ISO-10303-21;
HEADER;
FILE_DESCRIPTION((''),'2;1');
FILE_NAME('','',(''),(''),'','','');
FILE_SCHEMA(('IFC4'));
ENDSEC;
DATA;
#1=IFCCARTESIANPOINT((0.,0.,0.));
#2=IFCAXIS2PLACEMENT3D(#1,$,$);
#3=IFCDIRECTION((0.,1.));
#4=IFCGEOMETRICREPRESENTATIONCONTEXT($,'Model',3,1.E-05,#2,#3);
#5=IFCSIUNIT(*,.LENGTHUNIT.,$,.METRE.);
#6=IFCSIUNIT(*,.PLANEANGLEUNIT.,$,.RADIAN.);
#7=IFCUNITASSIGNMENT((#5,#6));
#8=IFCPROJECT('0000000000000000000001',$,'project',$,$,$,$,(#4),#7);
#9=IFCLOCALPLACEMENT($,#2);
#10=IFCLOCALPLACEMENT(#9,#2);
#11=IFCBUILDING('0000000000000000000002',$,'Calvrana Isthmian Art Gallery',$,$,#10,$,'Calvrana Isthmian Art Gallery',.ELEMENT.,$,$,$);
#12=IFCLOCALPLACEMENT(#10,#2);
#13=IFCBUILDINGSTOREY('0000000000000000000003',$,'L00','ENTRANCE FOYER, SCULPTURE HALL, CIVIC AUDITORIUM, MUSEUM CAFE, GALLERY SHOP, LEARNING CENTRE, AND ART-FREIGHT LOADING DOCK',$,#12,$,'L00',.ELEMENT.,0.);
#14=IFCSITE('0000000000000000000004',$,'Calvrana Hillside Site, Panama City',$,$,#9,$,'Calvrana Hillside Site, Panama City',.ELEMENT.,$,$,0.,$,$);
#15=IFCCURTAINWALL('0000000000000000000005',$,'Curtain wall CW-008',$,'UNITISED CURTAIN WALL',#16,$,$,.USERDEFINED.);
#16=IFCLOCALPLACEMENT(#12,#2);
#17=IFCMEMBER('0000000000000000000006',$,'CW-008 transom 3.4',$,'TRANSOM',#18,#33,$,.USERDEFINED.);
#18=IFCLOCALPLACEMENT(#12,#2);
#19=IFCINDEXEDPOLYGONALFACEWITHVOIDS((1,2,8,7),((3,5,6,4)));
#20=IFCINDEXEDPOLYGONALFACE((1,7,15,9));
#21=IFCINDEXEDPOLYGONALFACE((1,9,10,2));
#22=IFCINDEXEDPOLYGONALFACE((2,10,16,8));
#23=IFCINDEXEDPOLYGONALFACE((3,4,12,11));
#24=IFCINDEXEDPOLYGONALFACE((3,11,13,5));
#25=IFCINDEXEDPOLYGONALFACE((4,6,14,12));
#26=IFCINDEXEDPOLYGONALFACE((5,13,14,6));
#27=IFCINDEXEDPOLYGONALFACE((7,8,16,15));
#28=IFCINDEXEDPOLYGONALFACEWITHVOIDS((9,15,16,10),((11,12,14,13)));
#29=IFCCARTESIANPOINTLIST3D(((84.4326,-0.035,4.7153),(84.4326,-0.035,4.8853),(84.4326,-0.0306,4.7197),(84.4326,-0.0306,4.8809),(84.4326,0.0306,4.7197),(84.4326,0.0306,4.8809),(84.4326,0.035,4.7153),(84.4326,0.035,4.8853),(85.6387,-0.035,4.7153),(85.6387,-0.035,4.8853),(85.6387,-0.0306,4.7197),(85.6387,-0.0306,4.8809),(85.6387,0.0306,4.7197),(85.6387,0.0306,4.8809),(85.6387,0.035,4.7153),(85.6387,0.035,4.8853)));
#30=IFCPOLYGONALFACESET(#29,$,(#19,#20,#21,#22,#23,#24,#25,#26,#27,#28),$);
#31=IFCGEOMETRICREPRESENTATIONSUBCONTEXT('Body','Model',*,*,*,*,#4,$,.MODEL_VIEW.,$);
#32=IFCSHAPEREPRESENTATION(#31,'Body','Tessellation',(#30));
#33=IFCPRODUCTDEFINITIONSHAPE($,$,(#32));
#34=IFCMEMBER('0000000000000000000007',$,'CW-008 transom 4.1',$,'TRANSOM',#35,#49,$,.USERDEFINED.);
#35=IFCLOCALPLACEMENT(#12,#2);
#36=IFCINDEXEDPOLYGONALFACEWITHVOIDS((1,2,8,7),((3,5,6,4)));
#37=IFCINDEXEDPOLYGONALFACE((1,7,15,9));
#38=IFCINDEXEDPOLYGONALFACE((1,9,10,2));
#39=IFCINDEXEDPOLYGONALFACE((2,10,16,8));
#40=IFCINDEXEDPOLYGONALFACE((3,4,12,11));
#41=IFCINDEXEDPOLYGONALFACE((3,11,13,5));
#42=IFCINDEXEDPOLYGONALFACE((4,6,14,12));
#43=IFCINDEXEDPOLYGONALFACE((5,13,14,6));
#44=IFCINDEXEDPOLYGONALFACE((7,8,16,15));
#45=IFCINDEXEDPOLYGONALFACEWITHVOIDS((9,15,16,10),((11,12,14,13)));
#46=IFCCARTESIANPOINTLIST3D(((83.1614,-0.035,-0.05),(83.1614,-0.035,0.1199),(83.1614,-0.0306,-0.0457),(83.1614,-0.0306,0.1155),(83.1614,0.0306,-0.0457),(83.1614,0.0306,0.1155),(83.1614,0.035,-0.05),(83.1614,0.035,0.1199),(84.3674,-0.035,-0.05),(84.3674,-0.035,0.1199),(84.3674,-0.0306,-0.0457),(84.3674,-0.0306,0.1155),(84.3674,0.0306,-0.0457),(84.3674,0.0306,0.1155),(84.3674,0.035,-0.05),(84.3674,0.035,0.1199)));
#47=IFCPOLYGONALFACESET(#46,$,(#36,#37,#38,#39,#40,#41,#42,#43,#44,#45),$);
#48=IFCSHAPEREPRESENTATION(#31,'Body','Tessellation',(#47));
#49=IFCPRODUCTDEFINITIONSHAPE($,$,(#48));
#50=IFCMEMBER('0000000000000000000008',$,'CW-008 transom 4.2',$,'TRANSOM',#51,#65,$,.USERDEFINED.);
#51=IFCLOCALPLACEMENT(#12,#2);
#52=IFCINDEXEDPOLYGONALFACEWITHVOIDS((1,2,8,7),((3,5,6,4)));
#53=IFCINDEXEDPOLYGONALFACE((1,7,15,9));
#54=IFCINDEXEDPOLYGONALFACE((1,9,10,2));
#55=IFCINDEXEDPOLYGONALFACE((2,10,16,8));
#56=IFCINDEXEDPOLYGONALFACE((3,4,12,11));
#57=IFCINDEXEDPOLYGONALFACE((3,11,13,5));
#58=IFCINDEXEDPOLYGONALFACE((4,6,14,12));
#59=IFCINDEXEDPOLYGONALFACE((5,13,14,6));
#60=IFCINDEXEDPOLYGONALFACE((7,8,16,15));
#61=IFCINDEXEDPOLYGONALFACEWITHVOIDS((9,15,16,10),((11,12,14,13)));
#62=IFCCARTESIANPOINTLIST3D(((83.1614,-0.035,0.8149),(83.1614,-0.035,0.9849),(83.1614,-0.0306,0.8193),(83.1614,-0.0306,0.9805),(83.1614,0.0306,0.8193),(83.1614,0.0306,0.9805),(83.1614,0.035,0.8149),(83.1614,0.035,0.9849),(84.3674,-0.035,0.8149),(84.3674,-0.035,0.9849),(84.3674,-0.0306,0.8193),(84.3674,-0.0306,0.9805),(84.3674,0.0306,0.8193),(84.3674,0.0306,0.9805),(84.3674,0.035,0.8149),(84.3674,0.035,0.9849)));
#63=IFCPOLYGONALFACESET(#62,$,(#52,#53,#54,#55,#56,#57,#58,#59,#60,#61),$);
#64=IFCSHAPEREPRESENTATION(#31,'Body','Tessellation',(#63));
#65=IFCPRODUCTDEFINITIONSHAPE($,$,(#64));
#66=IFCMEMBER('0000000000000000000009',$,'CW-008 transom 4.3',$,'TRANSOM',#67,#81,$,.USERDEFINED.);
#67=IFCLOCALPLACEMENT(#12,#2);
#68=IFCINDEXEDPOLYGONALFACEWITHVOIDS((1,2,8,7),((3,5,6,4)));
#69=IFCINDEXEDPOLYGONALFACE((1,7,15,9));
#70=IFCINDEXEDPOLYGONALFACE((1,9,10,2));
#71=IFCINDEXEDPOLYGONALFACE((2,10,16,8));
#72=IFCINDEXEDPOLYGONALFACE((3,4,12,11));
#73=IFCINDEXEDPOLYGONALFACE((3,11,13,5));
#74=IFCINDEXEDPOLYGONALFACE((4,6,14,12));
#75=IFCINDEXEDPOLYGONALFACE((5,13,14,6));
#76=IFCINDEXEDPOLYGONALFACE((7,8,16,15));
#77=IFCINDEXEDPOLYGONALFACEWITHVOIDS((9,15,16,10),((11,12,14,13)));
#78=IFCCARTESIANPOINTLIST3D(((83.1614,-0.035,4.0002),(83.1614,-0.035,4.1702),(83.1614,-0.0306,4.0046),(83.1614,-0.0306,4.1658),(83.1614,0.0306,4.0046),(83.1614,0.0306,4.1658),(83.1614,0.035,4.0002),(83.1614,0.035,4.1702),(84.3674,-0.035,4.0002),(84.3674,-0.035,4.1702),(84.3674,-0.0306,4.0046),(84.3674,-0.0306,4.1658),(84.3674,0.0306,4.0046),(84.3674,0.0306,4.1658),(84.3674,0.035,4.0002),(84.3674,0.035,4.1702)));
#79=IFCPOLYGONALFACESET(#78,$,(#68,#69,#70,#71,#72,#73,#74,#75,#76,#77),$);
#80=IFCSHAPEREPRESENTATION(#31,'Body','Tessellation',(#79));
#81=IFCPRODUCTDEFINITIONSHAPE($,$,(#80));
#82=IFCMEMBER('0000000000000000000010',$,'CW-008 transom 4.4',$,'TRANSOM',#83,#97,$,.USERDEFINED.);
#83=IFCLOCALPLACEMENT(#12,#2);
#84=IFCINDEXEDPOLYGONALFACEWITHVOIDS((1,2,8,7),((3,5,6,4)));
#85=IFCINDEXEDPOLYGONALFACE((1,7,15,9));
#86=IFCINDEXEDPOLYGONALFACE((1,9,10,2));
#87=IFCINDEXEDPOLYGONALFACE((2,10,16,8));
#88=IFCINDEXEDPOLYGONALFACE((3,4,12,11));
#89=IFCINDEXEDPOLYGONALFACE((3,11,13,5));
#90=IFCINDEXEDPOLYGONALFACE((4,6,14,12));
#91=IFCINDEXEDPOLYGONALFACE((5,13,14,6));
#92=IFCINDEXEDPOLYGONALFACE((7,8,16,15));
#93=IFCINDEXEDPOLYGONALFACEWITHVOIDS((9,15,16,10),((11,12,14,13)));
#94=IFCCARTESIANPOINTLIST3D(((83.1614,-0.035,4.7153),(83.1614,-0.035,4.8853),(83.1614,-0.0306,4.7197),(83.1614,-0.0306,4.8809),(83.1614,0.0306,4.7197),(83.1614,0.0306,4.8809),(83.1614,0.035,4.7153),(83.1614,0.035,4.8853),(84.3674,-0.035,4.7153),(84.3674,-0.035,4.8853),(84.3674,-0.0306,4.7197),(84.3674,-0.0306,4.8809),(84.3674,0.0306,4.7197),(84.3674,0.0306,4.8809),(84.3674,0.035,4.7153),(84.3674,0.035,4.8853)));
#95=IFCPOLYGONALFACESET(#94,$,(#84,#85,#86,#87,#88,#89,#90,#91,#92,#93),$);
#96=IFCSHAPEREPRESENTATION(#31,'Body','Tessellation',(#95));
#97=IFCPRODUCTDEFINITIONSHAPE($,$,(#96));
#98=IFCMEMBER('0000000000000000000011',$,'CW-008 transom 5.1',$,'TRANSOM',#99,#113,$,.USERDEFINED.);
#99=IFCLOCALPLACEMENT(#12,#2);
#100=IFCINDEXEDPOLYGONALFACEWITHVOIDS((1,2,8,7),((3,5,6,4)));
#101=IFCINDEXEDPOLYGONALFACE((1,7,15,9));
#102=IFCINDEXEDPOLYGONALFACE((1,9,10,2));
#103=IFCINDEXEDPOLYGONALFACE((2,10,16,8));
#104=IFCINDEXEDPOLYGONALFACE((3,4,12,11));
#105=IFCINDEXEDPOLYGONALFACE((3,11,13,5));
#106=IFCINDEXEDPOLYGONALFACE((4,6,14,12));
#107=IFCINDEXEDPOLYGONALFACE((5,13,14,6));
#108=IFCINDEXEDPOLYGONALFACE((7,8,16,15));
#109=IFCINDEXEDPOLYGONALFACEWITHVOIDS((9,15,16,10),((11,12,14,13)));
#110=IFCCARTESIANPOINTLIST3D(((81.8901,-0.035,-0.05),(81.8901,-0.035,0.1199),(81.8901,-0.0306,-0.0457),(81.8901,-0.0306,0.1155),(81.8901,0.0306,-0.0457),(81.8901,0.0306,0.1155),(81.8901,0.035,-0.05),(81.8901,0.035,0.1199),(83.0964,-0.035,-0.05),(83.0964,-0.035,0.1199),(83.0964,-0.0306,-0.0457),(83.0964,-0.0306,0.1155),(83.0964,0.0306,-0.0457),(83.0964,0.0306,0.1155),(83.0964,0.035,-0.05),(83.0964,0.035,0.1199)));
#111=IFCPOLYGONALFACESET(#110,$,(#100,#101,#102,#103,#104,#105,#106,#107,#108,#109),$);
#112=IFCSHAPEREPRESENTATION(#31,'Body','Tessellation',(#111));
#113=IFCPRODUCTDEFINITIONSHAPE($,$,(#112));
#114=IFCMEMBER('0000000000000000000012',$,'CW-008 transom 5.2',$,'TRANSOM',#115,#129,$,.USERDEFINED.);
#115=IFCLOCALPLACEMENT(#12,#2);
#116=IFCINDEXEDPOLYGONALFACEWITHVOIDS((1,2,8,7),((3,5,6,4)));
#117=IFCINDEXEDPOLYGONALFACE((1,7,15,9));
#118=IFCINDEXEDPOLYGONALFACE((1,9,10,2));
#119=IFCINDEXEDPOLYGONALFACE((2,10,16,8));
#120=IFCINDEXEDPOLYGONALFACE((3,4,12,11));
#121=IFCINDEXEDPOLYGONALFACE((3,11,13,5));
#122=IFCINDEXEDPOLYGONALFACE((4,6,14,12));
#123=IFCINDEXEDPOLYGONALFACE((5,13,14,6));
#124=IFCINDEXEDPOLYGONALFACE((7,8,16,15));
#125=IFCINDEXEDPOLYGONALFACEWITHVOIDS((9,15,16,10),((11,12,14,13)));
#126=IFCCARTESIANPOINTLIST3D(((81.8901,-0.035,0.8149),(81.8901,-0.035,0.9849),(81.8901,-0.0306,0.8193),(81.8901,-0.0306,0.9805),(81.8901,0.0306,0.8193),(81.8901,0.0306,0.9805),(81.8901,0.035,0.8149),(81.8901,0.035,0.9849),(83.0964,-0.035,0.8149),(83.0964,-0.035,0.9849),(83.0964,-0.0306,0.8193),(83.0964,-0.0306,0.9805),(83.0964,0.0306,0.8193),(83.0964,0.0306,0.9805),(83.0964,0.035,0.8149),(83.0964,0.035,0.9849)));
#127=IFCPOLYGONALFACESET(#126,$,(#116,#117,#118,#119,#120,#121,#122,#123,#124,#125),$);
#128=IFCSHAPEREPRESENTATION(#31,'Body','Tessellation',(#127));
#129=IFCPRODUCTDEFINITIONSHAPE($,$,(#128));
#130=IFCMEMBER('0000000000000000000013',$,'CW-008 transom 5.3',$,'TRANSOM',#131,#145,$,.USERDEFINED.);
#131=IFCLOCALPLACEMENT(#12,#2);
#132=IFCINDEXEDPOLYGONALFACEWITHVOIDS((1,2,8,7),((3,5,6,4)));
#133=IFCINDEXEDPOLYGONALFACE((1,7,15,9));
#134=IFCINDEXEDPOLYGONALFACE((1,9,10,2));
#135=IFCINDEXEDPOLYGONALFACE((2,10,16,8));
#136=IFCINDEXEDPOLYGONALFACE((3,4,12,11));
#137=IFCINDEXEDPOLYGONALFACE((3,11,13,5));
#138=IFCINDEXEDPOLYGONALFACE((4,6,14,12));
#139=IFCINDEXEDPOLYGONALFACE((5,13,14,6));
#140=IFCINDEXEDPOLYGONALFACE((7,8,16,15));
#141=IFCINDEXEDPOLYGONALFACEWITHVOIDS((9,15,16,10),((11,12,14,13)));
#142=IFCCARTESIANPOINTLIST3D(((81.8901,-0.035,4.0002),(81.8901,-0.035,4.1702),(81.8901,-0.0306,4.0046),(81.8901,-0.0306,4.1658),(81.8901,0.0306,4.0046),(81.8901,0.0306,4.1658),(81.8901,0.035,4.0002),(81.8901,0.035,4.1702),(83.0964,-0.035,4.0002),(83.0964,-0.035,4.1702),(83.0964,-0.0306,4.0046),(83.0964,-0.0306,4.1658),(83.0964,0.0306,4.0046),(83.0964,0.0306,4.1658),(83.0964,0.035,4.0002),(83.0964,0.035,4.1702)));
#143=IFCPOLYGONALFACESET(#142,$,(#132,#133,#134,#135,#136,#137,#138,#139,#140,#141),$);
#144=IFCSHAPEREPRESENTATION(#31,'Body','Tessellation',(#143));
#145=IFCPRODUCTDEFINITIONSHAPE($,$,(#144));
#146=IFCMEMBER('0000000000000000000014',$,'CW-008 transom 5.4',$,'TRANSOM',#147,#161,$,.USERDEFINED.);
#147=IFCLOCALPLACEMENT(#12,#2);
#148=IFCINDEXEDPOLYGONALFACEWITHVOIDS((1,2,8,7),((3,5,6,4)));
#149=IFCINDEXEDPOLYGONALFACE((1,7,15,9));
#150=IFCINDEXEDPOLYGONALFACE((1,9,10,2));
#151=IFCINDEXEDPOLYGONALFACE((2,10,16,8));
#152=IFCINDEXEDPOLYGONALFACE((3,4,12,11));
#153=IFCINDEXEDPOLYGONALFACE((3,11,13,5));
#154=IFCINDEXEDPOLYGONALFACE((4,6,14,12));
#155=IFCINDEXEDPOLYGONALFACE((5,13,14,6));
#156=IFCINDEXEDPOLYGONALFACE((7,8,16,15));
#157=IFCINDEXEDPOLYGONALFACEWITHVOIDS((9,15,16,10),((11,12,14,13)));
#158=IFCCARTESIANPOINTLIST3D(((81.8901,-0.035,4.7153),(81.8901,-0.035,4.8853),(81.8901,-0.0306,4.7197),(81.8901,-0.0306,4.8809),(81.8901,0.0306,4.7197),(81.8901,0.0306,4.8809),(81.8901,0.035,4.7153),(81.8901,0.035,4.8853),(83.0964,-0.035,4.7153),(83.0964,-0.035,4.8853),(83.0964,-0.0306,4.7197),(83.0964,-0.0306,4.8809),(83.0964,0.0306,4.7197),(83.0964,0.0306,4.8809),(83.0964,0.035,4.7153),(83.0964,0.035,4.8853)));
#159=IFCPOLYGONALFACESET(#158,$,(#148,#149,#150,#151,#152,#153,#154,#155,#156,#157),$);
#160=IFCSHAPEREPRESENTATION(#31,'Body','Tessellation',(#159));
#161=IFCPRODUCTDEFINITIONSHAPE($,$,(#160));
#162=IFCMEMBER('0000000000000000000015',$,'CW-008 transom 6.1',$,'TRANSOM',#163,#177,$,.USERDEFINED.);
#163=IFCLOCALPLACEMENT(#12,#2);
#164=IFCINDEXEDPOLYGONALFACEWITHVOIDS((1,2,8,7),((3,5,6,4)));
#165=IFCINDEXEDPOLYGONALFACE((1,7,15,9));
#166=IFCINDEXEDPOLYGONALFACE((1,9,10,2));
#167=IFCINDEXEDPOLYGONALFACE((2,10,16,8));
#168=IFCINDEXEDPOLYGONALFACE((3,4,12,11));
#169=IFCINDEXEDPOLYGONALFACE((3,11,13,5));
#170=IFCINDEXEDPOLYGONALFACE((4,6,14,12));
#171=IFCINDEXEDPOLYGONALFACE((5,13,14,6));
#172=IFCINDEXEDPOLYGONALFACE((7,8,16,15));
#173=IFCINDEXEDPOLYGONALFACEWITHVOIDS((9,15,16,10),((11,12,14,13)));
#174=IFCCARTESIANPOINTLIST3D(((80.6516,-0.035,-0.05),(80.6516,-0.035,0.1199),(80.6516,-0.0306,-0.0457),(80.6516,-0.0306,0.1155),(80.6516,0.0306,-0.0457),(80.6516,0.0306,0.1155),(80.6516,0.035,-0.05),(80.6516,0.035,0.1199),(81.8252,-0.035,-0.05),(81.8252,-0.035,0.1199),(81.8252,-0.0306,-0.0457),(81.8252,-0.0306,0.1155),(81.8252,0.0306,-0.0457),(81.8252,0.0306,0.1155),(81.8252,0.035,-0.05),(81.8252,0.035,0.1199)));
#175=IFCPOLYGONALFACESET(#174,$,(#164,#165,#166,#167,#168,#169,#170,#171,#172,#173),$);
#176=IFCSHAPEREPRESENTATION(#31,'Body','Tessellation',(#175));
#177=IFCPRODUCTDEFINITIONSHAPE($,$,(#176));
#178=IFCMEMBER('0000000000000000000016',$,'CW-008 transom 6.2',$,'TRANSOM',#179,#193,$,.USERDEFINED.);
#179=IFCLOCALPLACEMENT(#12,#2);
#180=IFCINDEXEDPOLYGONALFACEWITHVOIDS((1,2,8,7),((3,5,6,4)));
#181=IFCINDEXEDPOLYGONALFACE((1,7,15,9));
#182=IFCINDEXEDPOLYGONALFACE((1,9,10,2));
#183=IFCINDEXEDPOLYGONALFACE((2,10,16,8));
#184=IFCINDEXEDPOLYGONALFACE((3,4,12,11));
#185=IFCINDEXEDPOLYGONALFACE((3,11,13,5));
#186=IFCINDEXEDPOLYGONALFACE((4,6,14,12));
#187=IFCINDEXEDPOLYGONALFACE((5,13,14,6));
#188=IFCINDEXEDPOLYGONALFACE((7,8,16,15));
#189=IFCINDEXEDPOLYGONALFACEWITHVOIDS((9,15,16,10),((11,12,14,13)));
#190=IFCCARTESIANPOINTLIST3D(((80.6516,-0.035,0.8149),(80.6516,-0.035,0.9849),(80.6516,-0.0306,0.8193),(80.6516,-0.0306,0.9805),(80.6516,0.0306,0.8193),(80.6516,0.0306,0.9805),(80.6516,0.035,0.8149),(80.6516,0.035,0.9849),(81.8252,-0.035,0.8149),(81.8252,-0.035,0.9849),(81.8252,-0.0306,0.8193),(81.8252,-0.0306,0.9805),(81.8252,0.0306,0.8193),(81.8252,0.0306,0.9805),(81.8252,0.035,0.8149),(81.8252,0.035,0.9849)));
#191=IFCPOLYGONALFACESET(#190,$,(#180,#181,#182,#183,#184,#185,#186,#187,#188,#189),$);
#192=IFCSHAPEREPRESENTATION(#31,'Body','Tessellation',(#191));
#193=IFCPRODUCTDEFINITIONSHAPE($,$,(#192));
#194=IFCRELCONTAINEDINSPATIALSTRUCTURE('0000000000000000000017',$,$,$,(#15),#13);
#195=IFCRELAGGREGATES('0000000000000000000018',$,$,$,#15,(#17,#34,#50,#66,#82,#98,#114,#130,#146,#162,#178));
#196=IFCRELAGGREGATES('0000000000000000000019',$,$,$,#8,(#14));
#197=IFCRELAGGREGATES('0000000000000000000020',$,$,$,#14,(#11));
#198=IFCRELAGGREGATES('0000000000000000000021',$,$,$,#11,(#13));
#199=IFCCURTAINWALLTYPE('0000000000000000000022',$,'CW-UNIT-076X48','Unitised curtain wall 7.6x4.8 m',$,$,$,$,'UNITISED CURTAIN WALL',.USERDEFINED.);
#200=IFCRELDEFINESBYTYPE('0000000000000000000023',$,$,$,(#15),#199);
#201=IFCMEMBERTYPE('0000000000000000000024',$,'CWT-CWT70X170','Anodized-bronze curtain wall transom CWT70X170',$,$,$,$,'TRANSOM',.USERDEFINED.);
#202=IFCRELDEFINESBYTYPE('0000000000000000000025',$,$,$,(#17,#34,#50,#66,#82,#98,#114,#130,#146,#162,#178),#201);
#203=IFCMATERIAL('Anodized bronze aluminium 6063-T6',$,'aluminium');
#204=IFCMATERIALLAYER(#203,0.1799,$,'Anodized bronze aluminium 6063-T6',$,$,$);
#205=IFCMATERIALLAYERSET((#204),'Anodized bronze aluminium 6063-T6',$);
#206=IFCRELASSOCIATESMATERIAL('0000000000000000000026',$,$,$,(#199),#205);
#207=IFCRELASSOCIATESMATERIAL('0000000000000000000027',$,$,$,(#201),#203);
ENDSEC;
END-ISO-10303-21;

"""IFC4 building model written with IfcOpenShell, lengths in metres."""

from ifc_helpers import new_model, si_unit, direction, frame, origin, origin_2d, place, context, subcontext, project, spatial, hollow_rectangle, extrude, material, layer, layer_set, material_profile, profile_set, type_object, element, aggregate, save


model = new_model("IFC4")

# Units and contexts
model_context = context("Model", 3, precision=1e-05, world=origin(), true_north=direction((0.0, 1.0)))
body_context = subcontext(model_context, "Body", "Model", "MODEL_VIEW")
ifc_project = project(units=[si_unit("LENGTHUNIT", "METRE"), si_unit("PLANEANGLEUNIT", "RADIAN")], contexts=[model_context])

# Site, building, storey
site_placement = place(None, origin())
site = spatial("IfcSite", under=ifc_project, at=site_placement, Name="Calvrana Hillside Site, Panama City", LongName="Calvrana Hillside Site, Panama City", CompositionType="ELEMENT", RefElevation=0.0)
building_placement = place(site_placement, origin())
building = spatial("IfcBuilding", under=site, at=building_placement, Name="Calvrana Isthmian Art Gallery", LongName="Calvrana Isthmian Art Gallery", CompositionType="ELEMENT")
storey_placement = place(building_placement, origin())
storey = spatial("IfcBuildingStorey", under=building, at=storey_placement, Name="L00", Description="ENTRANCE FOYER, SCULPTURE HALL, CIVIC AUDITORIUM, MUSEUM CAFE, GALLERY SHOP, LEARNING CENTRE, AND ART-FREIGHT LOADING DOCK", LongName="L00", CompositionType="ELEMENT", Elevation=0.0)

# Curtain wall, members
ifc_material_1 = material(Name="Anodized bronze aluminium 6063-T6", Category="aluminium")
ifc_layer_1 = layer(ifc_material_1, 0.1799, Name="Anodized bronze aluminium 6063-T6")
ifc_layer_set_1 = layer_set([ifc_layer_1], Name="Anodized bronze aluminium 6063-T6")
curtain_wall_type = type_object("IfcCurtainWallType", Name="CW-UNIT-076X48", Description="Unitised curtain wall 7.6x4.8 m", ElementType="UNITISED CURTAIN WALL", PredefinedType="USERDEFINED", material=ifc_layer_set_1)
curtain_wall_placement = place(storey_placement, origin())
curtain_wall = element("IfcCurtainWall", 1, at=curtain_wall_placement, inside=storey, type_object=curtain_wall_type, Name="Curtain wall CW-008", ObjectType="UNITISED CURTAIN WALL", PredefinedType="USERDEFINED")
ifc_material_profile_1 = material_profile(ifc_material_1, hollow_rectangle(XDim=0.0701, YDim=0.1699, WallThickness=0.0044, at=origin_2d()), Name="CWT70X170")
ifc_profile_set_1 = profile_set([ifc_material_profile_1], Name="Anodized bronze aluminium 6063-T6")
member_type_1 = type_object("IfcMemberType", Name="CWT-CWT70X170", Description="Anodized-bronze curtain wall transom CWT70X170", ElementType="TRANSOM", PredefinedType="USERDEFINED", material=ifc_profile_set_1)
member_1_placement = place(storey_placement, frame((85.6387, 0.0, 4.8003), z_axis=(-1.0, 0.0, 0.0), x_axis=(0.0, -1.0, 0.0)))
member_1 = element("IfcMember", 2, at=member_1_placement, type_object=member_type_1, Name="CW-008 transom 3.4", ObjectType="TRANSOM", PredefinedType="USERDEFINED", context=body_context, shape_type="SweptSolid", body=[
    extrude(hollow_rectangle(XDim=0.0701, YDim=0.1699, WallThickness=0.0044, at=origin_2d()), origin(), (0.0, 0.0, 1.0), 1.2061),
])
member_2_placement = place(storey_placement, frame((84.3674, 0.0, 0.0349), z_axis=(-1.0, 0.0, 0.0), x_axis=(0.0, -1.0, 0.0)))
member_2 = element("IfcMember", 3, at=member_2_placement, type_object=member_type_1, Name="CW-008 transom 4.1", ObjectType="TRANSOM", PredefinedType="USERDEFINED", context=body_context, shape_type="SweptSolid", body=[
    extrude(hollow_rectangle(XDim=0.0701, YDim=0.1699, WallThickness=0.0044, at=origin_2d()), origin(), (0.0, 0.0, 1.0), 1.2061),
])
member_3_placement = place(storey_placement, frame((84.3674, 0.0, 0.8999), z_axis=(-1.0, 0.0, 0.0), x_axis=(0.0, -1.0, 0.0)))
member_3 = element("IfcMember", 4, at=member_3_placement, type_object=member_type_1, Name="CW-008 transom 4.2", ObjectType="TRANSOM", PredefinedType="USERDEFINED", context=body_context, shape_type="SweptSolid", body=[
    extrude(hollow_rectangle(XDim=0.0701, YDim=0.1699, WallThickness=0.0044, at=origin_2d()), origin(), (0.0, 0.0, 1.0), 1.2061),
])
member_4_placement = place(storey_placement, frame((84.3674, 0.0, 4.0852), z_axis=(-1.0, 0.0, 0.0), x_axis=(0.0, -1.0, 0.0)))
member_4 = element("IfcMember", 5, at=member_4_placement, type_object=member_type_1, Name="CW-008 transom 4.3", ObjectType="TRANSOM", PredefinedType="USERDEFINED", context=body_context, shape_type="SweptSolid", body=[
    extrude(hollow_rectangle(XDim=0.0701, YDim=0.1699, WallThickness=0.0044, at=origin_2d()), origin(), (0.0, 0.0, 1.0), 1.2061),
])
member_5_placement = place(storey_placement, frame((84.3674, 0.0, 4.8003), z_axis=(-1.0, 0.0, 0.0), x_axis=(0.0, -1.0, 0.0)))
member_5 = element("IfcMember", 6, at=member_5_placement, type_object=member_type_1, Name="CW-008 transom 4.4", ObjectType="TRANSOM", PredefinedType="USERDEFINED", context=body_context, shape_type="SweptSolid", body=[
    extrude(hollow_rectangle(XDim=0.0701, YDim=0.1699, WallThickness=0.0044, at=origin_2d()), origin(), (0.0, 0.0, 1.0), 1.2061),
])
member_6_placement = place(storey_placement, frame((83.0964, 0.0, 0.0349), z_axis=(-1.0, 0.0, 0.0), x_axis=(0.0, -1.0, 0.0)))
member_6 = element("IfcMember", 7, at=member_6_placement, type_object=member_type_1, Name="CW-008 transom 5.1", ObjectType="TRANSOM", PredefinedType="USERDEFINED", context=body_context, shape_type="SweptSolid", body=[
    extrude(hollow_rectangle(XDim=0.0701, YDim=0.1699, WallThickness=0.0044, at=origin_2d()), origin(), (0.0, 0.0, 1.0), 1.2063),
])
member_7_placement = place(storey_placement, frame((83.0964, 0.0, 0.8999), z_axis=(-1.0, 0.0, 0.0), x_axis=(0.0, -1.0, 0.0)))
member_7 = element("IfcMember", 8, at=member_7_placement, type_object=member_type_1, Name="CW-008 transom 5.2", ObjectType="TRANSOM", PredefinedType="USERDEFINED", context=body_context, shape_type="SweptSolid", body=[
    extrude(hollow_rectangle(XDim=0.0701, YDim=0.1699, WallThickness=0.0044, at=origin_2d()), origin(), (0.0, 0.0, 1.0), 1.2063),
])
member_8_placement = place(storey_placement, frame((83.0964, 0.0, 4.0852), z_axis=(-1.0, 0.0, 0.0), x_axis=(0.0, -1.0, 0.0)))
member_8 = element("IfcMember", 9, at=member_8_placement, type_object=member_type_1, Name="CW-008 transom 5.3", ObjectType="TRANSOM", PredefinedType="USERDEFINED", context=body_context, shape_type="SweptSolid", body=[
    extrude(hollow_rectangle(XDim=0.0701, YDim=0.1699, WallThickness=0.0044, at=origin_2d()), origin(), (0.0, 0.0, 1.0), 1.2063),
])
member_9_placement = place(storey_placement, frame((83.0964, 0.0, 4.8003), z_axis=(-1.0, 0.0, 0.0), x_axis=(0.0, -1.0, 0.0)))
member_9 = element("IfcMember", 10, at=member_9_placement, type_object=member_type_1, Name="CW-008 transom 5.4", ObjectType="TRANSOM", PredefinedType="USERDEFINED", context=body_context, shape_type="SweptSolid", body=[
    extrude(hollow_rectangle(XDim=0.0701, YDim=0.1699, WallThickness=0.0044, at=origin_2d()), origin(), (0.0, 0.0, 1.0), 1.2063),
])
member_10_placement = place(storey_placement, frame((81.8252, 0.0, 0.0349), z_axis=(-1.0, 0.0, 0.0), x_axis=(0.0, -1.0, 0.0)))
member_10 = element("IfcMember", 11, at=member_10_placement, type_object=member_type_1, Name="CW-008 transom 6.1", ObjectType="TRANSOM", PredefinedType="USERDEFINED", context=body_context, shape_type="SweptSolid", body=[
    extrude(hollow_rectangle(XDim=0.0701, YDim=0.1699, WallThickness=0.0044, at=origin_2d()), origin(), (0.0, 0.0, 1.0), 1.1736),
])
member_11_placement = place(storey_placement, frame((81.8252, 0.0, 0.8999), z_axis=(-1.0, 0.0, 0.0), x_axis=(0.0, -1.0, 0.0)))
member_11 = element("IfcMember", 12, at=member_11_placement, type_object=member_type_1, Name="CW-008 transom 6.2", ObjectType="TRANSOM", PredefinedType="USERDEFINED", context=body_context, shape_type="SweptSolid", body=[
    extrude(hollow_rectangle(XDim=0.0701, YDim=0.1699, WallThickness=0.0044, at=origin_2d()), origin(), (0.0, 0.0, 1.0), 1.1736),
])
aggregate(curtain_wall, [member_1, member_2, member_3, member_4, member_5, member_6, member_7, member_8, member_9, member_10, member_11])

save(model, "model.ifc")
